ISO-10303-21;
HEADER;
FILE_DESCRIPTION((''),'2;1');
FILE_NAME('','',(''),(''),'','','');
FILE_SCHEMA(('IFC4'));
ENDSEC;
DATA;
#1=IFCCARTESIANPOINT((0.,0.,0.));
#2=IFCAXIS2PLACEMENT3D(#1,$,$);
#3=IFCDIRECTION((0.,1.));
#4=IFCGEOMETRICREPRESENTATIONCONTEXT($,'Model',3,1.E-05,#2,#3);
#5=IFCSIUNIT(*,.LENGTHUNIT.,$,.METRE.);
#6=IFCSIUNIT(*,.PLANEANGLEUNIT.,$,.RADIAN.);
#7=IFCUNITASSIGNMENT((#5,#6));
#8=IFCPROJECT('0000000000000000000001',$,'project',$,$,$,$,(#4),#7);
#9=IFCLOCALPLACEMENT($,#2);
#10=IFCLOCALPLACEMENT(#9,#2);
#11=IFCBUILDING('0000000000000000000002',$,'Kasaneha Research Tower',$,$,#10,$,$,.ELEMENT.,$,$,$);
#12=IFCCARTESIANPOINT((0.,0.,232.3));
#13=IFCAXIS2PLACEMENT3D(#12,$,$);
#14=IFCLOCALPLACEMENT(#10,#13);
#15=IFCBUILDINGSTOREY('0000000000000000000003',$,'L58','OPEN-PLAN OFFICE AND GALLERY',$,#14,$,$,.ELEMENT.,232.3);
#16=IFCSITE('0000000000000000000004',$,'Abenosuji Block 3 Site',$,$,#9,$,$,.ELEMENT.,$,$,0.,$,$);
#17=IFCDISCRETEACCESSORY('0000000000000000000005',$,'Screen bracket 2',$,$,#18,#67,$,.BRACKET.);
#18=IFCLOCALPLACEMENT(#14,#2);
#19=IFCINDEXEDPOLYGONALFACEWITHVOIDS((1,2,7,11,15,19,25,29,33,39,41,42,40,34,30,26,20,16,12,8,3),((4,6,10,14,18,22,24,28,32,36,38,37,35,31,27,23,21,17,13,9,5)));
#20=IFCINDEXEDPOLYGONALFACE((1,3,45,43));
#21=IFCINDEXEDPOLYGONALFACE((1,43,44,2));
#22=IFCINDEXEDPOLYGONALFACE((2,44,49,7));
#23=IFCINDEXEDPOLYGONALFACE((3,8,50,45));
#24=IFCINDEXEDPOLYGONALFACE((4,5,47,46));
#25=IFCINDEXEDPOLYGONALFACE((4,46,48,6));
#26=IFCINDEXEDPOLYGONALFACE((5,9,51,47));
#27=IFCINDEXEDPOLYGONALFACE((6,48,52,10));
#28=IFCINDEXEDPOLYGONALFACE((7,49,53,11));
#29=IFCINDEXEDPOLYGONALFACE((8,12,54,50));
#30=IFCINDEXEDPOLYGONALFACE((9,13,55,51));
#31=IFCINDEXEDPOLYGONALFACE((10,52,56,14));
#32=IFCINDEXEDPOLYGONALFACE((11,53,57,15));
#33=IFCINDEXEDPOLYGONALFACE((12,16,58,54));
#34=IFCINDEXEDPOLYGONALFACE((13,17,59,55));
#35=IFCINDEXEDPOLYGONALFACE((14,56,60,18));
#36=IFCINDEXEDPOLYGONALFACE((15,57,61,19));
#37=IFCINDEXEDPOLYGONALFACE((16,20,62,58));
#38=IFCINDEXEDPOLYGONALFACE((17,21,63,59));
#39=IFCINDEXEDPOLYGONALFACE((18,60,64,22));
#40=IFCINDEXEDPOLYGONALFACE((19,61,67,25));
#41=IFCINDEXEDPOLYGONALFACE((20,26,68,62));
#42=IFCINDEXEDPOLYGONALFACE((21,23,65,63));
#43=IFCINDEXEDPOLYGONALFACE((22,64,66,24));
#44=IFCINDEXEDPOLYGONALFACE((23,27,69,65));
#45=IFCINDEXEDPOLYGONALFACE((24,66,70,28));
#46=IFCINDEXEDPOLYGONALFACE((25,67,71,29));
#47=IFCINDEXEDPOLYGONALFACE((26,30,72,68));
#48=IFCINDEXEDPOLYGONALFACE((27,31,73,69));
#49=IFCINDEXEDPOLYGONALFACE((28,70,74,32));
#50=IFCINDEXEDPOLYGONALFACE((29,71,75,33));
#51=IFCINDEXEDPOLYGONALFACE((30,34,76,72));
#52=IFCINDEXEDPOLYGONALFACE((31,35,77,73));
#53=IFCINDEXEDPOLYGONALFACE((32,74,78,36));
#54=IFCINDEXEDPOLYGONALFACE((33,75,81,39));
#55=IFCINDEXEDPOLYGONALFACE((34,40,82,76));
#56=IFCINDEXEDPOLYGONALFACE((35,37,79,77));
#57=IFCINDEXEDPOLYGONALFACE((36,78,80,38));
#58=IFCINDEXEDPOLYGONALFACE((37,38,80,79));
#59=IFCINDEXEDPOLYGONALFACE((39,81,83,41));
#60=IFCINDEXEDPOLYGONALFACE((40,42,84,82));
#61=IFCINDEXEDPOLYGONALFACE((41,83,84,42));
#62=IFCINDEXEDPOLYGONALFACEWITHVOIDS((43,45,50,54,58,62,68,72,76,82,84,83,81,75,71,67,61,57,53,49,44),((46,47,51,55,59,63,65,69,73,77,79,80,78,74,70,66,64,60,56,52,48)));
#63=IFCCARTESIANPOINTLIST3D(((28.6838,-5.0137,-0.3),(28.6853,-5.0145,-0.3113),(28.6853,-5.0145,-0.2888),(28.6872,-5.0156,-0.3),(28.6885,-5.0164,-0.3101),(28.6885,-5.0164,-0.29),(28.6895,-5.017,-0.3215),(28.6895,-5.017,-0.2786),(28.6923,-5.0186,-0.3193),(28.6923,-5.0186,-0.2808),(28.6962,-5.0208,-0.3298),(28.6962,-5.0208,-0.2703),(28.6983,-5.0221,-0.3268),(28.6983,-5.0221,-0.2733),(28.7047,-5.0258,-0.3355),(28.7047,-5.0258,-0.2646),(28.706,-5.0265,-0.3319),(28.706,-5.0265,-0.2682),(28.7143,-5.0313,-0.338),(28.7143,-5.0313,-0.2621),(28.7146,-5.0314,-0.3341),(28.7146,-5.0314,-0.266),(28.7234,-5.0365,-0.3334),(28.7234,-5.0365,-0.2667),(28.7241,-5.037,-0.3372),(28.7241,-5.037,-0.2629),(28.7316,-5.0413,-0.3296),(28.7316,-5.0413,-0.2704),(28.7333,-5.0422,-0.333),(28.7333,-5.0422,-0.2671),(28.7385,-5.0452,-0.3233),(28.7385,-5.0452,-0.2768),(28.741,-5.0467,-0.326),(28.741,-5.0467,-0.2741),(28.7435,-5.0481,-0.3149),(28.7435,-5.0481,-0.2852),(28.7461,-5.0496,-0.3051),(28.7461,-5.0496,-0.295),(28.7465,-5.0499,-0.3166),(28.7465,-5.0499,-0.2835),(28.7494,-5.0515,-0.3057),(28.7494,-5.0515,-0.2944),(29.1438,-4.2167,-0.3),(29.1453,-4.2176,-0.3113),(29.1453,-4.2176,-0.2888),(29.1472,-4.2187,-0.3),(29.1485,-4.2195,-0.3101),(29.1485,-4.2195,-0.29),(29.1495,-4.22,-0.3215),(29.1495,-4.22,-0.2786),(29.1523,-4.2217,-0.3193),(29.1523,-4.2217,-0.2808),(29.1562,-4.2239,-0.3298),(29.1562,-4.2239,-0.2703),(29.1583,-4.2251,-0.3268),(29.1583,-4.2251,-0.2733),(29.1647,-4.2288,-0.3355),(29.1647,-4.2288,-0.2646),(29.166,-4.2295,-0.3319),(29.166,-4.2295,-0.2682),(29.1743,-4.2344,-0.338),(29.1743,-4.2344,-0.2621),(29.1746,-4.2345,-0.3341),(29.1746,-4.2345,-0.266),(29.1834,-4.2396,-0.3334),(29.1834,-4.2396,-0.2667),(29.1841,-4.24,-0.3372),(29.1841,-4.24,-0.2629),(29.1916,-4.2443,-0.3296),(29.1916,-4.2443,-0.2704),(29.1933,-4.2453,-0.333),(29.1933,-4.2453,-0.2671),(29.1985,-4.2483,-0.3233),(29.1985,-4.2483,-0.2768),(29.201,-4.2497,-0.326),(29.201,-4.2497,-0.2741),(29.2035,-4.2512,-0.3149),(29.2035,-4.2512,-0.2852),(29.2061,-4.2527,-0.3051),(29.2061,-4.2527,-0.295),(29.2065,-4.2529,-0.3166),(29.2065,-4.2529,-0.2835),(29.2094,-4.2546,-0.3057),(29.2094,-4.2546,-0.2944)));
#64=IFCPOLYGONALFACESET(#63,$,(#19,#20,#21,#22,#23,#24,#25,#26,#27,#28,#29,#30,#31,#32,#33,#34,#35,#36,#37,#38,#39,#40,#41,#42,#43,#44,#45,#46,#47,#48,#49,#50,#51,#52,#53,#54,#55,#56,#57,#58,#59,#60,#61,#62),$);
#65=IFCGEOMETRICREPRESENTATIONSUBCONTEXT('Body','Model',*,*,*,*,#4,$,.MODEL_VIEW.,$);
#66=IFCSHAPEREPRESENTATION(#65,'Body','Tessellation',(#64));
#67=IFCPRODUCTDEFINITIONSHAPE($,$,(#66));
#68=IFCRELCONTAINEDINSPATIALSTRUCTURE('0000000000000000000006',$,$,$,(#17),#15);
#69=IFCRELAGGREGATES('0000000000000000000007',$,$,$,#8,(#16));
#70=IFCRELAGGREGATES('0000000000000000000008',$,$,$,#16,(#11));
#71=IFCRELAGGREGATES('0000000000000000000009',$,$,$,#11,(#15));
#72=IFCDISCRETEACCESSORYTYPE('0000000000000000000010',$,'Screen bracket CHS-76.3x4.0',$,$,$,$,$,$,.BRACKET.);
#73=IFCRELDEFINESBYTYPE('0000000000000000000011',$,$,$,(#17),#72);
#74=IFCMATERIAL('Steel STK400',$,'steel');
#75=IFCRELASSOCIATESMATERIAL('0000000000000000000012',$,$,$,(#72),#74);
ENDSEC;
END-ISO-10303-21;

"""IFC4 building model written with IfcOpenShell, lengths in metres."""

from ifc_helpers import new_model, si_unit, direction, frame, origin, origin_2d, place, context, subcontext, project, spatial, hollow_circle, extrude, material, material_profile, profile_set, type_object, element, save


model = new_model("IFC4")

# Units and contexts
model_context = context("Model", 3, precision=1e-05, world=origin(), true_north=direction((0.0, 1.0)))
body_context = subcontext(model_context, "Body", "Model", "MODEL_VIEW")
ifc_project = project(units=[si_unit("LENGTHUNIT", "METRE"), si_unit("PLANEANGLEUNIT", "RADIAN")], contexts=[model_context])

# Site, building, storey
site_placement = place(None, origin())
site = spatial("IfcSite", under=ifc_project, at=site_placement, Name="Abenosuji Block 3 Site", CompositionType="ELEMENT", RefElevation=0.0)
building_placement = place(site_placement, origin())
building = spatial("IfcBuilding", under=site, at=building_placement, Name="Kasaneha Research Tower", CompositionType="ELEMENT")
storey_placement = place(building_placement, frame((0.0, 0.0, 232.3)))
storey = spatial("IfcBuildingStorey", under=building, at=storey_placement, Name="L58", Description="OPEN-PLAN OFFICE AND GALLERY", CompositionType="ELEMENT", Elevation=232.3)

# Discrete accessory
ifc_material_1 = material(Name="Steel STK400", Category="steel")
ifc_material_profile_1 = material_profile(ifc_material_1, hollow_circle(Radius=0.0381, WallThickness=0.0039, at=origin_2d()), Name="CHS-76.3x4.0")
ifc_profile_set_1 = profile_set([ifc_material_profile_1], Name="Steel STK400")
discrete_accessory_type = type_object("IfcDiscreteAccessoryType", Name="Screen bracket CHS-76.3x4.0", PredefinedType="BRACKET", material=ifc_profile_set_1)
discrete_accessory_1_placement = place(storey_placement, frame((28.7168, -5.0327, -0.3), z_axis=(0.499906, 0.86608, 0.0), x_axis=(-0.86608, 0.499906, 0.0)))
element("IfcDiscreteAccessory", 1, at=discrete_accessory_1_placement, inside=storey, type_object=discrete_accessory_type, Name="Screen bracket 2", PredefinedType="BRACKET", context=body_context, shape_type="SweptSolid", body=[
    extrude(hollow_circle(Radius=0.0381, WallThickness=0.0039, at=origin_2d()), origin(), (0.0, 0.0, 1.0), 0.9202),
])

save(model, "model.ifc")
